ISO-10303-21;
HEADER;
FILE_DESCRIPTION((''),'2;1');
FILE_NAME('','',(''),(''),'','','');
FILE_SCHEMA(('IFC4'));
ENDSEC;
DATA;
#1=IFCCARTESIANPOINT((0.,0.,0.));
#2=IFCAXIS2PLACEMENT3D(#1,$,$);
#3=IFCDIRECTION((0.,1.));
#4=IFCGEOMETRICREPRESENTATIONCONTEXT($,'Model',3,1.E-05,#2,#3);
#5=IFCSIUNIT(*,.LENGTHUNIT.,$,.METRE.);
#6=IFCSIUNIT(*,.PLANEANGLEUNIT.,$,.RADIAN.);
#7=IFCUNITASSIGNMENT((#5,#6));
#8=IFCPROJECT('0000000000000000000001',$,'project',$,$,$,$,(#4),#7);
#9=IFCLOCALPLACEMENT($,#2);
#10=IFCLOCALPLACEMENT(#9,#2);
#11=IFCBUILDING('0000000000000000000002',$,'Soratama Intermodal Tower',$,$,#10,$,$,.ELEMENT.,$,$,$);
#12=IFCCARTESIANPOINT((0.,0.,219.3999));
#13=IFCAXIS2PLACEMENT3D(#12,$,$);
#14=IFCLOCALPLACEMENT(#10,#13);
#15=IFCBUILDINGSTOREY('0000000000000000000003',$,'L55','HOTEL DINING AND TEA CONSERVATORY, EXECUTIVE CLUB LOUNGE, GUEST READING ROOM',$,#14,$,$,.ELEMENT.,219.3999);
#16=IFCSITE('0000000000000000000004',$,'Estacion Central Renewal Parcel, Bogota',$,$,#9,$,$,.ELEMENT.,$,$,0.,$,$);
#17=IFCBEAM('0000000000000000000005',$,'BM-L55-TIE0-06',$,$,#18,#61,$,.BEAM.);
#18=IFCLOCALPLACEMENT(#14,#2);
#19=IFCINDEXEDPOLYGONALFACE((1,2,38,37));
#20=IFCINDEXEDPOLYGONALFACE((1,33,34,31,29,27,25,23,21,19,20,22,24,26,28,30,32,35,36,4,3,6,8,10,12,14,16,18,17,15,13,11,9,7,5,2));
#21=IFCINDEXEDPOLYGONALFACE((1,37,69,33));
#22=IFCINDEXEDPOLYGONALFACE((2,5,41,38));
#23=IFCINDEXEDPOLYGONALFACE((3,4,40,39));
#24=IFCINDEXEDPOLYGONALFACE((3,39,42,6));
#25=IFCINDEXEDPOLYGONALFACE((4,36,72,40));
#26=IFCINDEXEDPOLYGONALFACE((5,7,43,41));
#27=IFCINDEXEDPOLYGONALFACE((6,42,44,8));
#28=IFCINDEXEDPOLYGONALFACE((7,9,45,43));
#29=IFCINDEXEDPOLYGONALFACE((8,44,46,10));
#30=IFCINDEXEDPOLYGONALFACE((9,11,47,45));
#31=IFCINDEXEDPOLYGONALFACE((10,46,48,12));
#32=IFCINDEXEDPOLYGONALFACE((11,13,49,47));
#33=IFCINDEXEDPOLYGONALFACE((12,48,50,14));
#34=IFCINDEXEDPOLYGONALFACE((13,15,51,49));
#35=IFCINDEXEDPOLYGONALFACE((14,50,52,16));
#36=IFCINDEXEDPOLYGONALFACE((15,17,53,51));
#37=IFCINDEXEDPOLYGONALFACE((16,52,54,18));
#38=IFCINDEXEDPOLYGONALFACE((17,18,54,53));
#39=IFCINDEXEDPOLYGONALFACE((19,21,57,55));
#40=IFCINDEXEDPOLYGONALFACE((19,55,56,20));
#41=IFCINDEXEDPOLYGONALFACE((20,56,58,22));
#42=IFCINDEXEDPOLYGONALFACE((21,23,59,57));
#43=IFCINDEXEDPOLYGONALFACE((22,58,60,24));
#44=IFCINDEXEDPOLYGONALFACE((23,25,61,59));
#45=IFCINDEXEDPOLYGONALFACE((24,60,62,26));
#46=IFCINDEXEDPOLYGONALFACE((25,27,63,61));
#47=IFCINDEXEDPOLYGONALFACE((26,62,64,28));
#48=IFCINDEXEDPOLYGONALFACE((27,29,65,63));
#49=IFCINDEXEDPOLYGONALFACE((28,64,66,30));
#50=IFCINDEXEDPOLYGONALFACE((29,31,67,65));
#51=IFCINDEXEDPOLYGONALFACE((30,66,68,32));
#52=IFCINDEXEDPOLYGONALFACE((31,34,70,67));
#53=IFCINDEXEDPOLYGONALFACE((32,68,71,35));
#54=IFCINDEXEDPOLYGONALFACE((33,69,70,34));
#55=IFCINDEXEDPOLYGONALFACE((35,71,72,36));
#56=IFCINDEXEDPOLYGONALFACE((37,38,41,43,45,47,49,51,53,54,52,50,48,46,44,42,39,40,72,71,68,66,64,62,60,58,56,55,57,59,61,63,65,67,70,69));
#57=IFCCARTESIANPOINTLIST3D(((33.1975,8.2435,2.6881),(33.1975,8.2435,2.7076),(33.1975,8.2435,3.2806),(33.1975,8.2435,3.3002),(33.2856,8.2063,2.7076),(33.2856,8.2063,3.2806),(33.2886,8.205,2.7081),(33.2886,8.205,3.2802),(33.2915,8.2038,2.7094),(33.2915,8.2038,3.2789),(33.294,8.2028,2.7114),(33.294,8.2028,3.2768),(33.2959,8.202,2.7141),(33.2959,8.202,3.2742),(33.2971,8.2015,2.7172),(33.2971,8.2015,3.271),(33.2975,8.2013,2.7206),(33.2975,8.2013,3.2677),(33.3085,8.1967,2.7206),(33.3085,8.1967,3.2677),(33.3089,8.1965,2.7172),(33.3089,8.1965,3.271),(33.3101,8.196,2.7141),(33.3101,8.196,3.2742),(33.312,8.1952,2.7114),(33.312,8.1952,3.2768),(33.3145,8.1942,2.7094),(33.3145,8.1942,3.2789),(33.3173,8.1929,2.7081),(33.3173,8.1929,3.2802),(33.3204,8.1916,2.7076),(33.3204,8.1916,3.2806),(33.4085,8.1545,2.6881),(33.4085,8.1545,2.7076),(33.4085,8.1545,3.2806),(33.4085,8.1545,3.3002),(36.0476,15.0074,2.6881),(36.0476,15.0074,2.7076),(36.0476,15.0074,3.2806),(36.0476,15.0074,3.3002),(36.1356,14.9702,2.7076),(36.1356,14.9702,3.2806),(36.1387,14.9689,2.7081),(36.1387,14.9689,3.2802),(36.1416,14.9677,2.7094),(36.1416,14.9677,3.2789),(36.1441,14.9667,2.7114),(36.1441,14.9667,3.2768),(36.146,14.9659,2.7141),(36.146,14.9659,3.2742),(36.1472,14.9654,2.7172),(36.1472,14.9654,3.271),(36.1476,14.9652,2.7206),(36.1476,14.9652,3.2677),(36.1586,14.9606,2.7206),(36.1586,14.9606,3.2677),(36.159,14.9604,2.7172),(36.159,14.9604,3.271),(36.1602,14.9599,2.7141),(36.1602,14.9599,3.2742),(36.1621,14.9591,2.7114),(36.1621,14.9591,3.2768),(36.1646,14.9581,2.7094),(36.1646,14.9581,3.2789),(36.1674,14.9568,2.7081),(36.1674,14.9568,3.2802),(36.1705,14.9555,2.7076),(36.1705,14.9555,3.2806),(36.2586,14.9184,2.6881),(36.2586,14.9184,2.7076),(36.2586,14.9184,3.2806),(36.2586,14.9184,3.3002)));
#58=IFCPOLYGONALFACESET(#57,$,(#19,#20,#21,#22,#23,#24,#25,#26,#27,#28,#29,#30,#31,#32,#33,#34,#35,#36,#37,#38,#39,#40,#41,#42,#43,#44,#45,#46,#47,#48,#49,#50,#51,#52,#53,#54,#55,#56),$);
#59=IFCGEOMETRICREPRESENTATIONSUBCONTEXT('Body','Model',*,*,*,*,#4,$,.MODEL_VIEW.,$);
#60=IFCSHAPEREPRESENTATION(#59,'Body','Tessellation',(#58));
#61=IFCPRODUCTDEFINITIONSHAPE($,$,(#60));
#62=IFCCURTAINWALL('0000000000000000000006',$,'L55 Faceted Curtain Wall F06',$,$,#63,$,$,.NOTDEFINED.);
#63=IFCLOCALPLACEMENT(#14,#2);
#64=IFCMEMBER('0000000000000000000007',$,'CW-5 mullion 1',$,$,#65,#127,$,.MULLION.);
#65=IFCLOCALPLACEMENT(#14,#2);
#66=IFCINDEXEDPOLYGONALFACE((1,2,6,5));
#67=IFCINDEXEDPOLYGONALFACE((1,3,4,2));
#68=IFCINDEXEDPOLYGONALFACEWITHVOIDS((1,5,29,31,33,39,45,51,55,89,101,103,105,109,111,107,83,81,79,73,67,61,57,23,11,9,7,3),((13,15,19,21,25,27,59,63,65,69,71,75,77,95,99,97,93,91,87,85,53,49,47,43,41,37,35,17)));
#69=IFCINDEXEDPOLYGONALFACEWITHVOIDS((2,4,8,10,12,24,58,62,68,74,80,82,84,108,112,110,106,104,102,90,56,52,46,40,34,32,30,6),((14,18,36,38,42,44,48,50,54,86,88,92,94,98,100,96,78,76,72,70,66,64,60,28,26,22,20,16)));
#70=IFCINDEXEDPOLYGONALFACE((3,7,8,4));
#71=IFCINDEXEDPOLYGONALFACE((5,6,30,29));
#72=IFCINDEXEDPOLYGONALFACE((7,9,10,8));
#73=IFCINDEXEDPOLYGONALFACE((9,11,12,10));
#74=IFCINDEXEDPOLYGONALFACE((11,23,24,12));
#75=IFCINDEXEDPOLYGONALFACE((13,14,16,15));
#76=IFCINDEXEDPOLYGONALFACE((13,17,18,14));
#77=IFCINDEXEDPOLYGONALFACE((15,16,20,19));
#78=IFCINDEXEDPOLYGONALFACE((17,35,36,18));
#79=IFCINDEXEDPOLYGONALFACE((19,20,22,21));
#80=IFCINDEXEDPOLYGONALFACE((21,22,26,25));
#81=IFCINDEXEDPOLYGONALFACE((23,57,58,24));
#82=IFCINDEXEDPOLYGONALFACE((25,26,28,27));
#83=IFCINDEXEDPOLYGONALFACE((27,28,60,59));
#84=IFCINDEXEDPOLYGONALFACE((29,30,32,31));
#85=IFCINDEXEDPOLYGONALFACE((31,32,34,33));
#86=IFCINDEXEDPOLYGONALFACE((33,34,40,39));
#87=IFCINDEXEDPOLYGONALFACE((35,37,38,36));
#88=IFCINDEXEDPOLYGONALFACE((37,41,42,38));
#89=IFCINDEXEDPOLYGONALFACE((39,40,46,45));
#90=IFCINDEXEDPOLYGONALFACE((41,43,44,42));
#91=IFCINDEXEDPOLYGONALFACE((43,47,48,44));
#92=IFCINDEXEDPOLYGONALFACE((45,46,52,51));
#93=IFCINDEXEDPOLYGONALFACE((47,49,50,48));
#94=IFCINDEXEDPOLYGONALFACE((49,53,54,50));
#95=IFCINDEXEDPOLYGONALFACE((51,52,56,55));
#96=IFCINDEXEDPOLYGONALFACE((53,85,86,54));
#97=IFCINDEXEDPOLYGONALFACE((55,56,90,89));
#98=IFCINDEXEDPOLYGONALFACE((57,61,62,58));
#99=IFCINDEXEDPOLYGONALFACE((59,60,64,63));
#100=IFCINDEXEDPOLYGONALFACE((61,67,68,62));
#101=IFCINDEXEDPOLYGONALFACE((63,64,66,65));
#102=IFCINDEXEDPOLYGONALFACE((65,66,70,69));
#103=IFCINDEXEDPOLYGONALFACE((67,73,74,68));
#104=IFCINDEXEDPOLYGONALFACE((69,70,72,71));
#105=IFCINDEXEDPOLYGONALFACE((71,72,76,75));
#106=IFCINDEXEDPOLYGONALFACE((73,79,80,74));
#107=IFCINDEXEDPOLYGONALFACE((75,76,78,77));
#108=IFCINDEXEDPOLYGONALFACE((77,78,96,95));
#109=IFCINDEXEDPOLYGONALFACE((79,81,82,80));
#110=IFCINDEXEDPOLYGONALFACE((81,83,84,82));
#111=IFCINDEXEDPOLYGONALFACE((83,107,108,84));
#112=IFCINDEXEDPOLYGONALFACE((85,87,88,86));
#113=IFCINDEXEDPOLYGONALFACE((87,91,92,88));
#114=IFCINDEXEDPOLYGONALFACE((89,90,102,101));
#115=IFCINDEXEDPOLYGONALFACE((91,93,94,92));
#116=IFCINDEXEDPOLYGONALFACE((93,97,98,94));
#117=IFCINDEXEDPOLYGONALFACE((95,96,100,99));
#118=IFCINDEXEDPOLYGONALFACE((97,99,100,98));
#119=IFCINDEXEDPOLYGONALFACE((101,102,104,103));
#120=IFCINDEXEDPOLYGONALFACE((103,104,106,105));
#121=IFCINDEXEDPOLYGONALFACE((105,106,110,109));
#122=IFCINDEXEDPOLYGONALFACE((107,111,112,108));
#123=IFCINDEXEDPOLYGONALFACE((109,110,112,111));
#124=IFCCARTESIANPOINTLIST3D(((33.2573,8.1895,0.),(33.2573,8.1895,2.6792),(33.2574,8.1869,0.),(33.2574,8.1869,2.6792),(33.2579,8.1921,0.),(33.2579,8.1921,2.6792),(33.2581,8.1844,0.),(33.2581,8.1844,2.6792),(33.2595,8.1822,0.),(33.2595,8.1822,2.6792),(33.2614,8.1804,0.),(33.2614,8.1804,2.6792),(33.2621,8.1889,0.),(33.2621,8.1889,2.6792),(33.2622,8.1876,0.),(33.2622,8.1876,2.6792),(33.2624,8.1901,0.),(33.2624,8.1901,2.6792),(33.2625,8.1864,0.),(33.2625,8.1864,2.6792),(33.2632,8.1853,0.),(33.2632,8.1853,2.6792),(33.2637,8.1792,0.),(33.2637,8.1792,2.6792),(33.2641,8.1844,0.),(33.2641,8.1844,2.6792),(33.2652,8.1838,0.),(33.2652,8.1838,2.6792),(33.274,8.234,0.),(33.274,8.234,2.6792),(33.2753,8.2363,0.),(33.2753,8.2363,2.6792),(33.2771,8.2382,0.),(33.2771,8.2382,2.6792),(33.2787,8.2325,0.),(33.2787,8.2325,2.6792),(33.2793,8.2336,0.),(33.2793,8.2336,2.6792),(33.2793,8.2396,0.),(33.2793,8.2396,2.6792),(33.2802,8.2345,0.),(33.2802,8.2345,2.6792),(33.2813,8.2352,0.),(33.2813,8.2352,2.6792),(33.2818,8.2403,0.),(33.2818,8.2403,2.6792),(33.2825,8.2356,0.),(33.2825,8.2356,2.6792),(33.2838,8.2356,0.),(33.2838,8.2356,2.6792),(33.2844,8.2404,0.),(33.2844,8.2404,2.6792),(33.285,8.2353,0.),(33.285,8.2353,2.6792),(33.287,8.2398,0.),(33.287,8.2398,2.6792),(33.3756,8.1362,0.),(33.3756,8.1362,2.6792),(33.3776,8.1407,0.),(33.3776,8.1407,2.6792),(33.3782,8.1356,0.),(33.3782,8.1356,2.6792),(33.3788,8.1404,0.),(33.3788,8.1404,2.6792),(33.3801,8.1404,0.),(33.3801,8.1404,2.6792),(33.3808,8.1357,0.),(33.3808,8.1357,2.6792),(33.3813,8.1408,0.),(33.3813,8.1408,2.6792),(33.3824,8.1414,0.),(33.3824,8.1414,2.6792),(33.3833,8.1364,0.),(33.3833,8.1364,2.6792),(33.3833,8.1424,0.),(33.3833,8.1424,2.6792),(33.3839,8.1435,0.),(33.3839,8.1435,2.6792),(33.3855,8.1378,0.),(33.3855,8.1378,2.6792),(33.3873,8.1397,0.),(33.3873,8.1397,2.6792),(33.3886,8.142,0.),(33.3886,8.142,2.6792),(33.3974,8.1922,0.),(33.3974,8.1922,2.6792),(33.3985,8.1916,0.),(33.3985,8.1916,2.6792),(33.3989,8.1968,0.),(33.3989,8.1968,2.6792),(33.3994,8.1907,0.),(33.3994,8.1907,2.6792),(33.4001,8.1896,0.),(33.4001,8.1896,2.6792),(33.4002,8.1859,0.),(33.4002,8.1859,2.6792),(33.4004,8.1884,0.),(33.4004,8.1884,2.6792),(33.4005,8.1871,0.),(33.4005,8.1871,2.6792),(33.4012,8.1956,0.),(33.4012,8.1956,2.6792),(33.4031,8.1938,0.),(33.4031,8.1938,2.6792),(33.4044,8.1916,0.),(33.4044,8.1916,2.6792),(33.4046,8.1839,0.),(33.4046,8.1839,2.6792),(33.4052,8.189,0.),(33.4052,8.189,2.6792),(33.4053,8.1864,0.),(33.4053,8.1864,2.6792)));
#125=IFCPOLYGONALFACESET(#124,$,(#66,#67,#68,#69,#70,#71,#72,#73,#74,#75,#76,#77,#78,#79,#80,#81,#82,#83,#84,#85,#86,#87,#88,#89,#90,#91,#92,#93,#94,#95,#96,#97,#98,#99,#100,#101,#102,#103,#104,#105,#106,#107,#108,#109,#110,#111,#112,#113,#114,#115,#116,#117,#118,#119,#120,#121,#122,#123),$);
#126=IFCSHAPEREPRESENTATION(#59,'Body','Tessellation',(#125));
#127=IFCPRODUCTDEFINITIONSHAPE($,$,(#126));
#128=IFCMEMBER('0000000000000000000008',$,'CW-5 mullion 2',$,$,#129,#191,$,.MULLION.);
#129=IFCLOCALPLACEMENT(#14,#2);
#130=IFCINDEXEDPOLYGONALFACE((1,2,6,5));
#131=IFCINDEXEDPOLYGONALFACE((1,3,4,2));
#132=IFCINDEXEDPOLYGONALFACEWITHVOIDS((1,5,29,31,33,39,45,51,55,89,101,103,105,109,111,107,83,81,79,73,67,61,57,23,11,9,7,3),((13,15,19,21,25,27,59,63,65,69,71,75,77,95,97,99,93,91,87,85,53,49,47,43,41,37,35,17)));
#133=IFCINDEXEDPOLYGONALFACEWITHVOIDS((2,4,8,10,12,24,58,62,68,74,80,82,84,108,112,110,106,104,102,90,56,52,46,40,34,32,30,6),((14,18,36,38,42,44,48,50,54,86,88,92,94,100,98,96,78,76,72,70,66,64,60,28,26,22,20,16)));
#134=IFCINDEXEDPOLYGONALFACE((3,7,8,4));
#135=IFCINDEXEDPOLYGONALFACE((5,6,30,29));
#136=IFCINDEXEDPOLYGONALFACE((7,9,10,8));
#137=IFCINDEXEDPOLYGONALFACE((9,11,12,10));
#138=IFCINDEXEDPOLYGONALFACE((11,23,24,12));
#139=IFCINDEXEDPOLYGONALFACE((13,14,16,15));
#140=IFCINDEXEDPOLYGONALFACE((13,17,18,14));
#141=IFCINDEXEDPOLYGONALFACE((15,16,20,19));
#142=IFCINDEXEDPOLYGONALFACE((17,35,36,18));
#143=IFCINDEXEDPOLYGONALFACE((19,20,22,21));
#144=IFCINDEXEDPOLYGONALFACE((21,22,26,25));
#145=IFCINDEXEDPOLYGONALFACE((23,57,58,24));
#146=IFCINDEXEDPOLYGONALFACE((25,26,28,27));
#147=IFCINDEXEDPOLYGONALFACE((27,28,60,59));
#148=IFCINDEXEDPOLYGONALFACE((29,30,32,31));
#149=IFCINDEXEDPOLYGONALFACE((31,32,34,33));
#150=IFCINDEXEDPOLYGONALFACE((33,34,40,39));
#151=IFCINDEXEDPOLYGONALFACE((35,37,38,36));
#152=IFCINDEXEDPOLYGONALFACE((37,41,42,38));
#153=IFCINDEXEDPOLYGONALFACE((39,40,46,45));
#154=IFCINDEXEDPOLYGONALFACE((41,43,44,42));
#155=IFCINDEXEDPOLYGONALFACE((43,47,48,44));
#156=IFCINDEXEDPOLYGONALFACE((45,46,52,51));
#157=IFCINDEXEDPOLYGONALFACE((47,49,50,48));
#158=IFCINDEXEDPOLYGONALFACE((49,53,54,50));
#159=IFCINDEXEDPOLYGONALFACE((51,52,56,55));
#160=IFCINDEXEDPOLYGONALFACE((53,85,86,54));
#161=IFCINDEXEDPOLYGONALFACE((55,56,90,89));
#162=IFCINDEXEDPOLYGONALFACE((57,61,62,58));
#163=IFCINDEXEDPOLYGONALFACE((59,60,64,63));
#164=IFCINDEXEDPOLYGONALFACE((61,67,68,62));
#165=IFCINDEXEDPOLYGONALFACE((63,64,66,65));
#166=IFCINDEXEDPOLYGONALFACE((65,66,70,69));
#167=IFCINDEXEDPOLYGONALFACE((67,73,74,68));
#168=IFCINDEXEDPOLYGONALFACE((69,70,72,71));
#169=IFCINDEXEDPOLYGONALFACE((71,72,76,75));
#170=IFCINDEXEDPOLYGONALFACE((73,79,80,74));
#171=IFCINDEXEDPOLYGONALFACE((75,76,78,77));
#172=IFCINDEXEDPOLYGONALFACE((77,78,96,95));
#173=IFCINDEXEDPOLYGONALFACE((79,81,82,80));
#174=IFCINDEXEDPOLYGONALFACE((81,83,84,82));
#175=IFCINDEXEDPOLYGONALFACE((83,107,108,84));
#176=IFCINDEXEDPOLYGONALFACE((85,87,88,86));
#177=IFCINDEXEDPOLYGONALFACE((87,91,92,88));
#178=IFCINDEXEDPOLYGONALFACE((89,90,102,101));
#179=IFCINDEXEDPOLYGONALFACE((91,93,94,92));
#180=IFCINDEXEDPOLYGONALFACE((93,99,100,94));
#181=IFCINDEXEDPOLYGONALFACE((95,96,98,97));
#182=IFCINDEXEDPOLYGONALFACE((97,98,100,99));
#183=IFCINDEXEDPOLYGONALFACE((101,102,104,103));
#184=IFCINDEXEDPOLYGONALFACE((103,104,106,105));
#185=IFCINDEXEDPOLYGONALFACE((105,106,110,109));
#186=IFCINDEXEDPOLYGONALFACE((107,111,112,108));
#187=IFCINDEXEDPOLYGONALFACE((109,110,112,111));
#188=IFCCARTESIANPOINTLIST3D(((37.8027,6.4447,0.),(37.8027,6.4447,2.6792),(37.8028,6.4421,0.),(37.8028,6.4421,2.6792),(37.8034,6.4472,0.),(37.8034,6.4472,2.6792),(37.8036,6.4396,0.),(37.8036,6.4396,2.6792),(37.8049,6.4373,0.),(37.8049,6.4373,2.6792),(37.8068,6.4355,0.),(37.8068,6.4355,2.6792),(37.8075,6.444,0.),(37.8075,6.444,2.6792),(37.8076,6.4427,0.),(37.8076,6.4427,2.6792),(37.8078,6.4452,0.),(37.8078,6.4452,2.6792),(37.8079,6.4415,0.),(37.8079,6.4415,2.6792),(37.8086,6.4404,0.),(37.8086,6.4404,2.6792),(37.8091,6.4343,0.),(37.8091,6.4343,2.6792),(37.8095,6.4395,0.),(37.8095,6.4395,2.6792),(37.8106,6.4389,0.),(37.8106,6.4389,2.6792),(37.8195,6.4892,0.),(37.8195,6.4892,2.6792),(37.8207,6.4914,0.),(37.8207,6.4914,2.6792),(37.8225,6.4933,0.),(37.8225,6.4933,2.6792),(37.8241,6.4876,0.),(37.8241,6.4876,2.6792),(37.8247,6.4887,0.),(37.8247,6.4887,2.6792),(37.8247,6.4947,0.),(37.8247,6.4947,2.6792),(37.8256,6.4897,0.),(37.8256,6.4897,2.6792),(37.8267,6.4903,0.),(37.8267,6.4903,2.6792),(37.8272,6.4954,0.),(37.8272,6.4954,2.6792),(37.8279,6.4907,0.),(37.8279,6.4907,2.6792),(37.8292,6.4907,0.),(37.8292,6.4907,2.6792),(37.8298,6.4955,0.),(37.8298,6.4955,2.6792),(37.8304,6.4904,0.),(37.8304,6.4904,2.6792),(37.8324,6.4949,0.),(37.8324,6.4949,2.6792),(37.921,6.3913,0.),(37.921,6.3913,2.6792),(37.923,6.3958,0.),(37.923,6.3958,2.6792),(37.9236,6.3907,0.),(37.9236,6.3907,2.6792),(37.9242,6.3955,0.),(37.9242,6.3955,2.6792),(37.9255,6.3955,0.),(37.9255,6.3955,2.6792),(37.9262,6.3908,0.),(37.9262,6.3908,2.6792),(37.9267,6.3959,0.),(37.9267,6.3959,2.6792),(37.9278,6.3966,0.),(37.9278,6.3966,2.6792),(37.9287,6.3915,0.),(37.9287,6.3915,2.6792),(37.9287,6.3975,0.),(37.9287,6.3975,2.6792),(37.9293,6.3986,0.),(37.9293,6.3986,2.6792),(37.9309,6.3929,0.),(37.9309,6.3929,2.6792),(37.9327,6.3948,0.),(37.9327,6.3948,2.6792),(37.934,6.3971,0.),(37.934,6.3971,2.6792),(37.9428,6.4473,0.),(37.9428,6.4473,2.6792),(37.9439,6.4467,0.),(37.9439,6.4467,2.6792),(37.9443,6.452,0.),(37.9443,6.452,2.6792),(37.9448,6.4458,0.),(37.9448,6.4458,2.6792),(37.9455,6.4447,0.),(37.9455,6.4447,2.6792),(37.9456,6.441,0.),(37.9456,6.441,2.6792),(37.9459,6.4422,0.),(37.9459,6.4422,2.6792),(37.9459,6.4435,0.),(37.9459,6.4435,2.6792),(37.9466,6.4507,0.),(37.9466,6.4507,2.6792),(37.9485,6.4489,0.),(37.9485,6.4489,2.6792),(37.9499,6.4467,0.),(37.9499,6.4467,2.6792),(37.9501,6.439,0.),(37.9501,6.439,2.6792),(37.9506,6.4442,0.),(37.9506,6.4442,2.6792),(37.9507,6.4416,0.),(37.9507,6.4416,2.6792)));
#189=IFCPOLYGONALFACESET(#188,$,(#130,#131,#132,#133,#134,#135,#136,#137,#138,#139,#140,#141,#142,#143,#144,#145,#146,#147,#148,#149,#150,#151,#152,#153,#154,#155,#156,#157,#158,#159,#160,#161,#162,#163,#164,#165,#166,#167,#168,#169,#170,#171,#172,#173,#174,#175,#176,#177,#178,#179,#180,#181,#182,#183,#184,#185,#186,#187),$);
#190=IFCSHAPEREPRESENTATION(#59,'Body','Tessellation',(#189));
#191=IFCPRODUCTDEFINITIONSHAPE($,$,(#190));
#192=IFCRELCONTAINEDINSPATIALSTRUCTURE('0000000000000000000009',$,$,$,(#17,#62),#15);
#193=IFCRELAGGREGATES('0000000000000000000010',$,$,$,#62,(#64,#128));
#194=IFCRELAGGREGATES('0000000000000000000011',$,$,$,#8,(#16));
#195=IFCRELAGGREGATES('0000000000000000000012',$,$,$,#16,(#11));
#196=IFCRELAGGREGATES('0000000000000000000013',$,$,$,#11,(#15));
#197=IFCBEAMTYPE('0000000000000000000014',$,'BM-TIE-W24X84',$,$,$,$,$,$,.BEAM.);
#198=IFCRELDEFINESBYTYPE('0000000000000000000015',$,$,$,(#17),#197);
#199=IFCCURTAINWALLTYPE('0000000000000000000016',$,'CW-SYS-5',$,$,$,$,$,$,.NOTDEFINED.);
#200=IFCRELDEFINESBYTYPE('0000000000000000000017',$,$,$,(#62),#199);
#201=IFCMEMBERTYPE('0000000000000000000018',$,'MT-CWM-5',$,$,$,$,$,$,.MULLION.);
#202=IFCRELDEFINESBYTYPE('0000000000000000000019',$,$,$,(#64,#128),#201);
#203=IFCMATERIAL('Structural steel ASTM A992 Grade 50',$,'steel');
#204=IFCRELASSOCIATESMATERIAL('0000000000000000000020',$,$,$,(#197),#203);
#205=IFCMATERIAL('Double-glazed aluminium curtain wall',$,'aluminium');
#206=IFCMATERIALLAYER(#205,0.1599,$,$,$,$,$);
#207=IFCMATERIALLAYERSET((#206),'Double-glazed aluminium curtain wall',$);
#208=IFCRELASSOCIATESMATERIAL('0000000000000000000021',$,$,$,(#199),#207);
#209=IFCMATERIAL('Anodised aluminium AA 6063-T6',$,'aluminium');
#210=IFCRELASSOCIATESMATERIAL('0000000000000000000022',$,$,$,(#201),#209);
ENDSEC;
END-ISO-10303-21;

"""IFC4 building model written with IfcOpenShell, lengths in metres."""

from ifc_helpers import new_model, si_unit, direction, frame, origin, origin_2d, place, context, subcontext, project, spatial, hollow_rectangle, i_section, extrude, material, layer, layer_set, material_profile, profile_set, type_object, element, aggregate, save


model = new_model("IFC4")

# Units and contexts
model_context = context("Model", 3, precision=1e-05, world=origin(), true_north=direction((0.0, 1.0)))
body_context = subcontext(model_context, "Body", "Model", "MODEL_VIEW")
ifc_project = project(units=[si_unit("LENGTHUNIT", "METRE"), si_unit("PLANEANGLEUNIT", "RADIAN")], contexts=[model_context])

# Site, building, storey
site_placement = place(None, origin())
site = spatial("IfcSite", under=ifc_project, at=site_placement, Name="Estacion Central Renewal Parcel, Bogota", CompositionType="ELEMENT", RefElevation=0.0)
building_placement = place(site_placement, origin())
building = spatial("IfcBuilding", under=site, at=building_placement, Name="Soratama Intermodal Tower", CompositionType="ELEMENT")
storey_placement = place(building_placement, frame((0.0, 0.0, 219.3999)))
storey = spatial("IfcBuildingStorey", under=building, at=storey_placement, Name="L55", Description="HOTEL DINING AND TEA CONSERVATORY, EXECUTIVE CLUB LOUNGE, GUEST READING ROOM", CompositionType="ELEMENT", Elevation=219.3999)

# Beam
ifc_material_1 = material(Name="Structural steel ASTM A992 Grade 50", Category="steel")
ifc_material_profile_1 = material_profile(ifc_material_1, i_section(OverallWidth=0.229, OverallDepth=0.6121, WebThickness=0.012, FlangeThickness=0.0195, FilletRadius=0.0129, at=origin_2d()), Name="W24X84")
ifc_profile_set_1 = profile_set([ifc_material_profile_1], Name="Structural steel ASTM A992 Grade 50")
beam_type_1 = type_object("IfcBeamType", Name="BM-TIE-W24X84", PredefinedType="BEAM", material=ifc_profile_set_1)
beam_1_placement = place(storey_placement, frame((36.1531, 14.9629, 2.9941), z_axis=(-0.388304, -0.921531, 0.0), x_axis=(0.921531, -0.388304, 0.0)))
element("IfcBeam", 1, at=beam_1_placement, inside=storey, type_object=beam_type_1, Name="BM-L55-TIE0-06", PredefinedType="BEAM", context=body_context, shape_type="SweptSolid", body=[
    extrude(i_section(OverallWidth=0.229, OverallDepth=0.6121, WebThickness=0.012, FlangeThickness=0.0195, FilletRadius=0.0129, at=origin_2d()), origin(), (0.0, 0.0, 1.0), 7.3398),
])

# Curtain wall, members
ifc_material_2 = material(Name="Double-glazed aluminium curtain wall", Category="aluminium")
ifc_layer_1 = layer(ifc_material_2, 0.1599)
ifc_layer_set_1 = layer_set([ifc_layer_1], Name="Double-glazed aluminium curtain wall")
curtain_wall_type = type_object("IfcCurtainWallType", Name="CW-SYS-5", PredefinedType="NOTDEFINED", material=ifc_layer_set_1)
curtain_wall_placement = place(storey_placement, origin())
curtain_wall = element("IfcCurtainWall", 2, at=curtain_wall_placement, inside=storey, type_object=curtain_wall_type, Name="L55 Faceted Curtain Wall F06", PredefinedType="NOTDEFINED")
ifc_material_3 = material(Name="Anodised aluminium AA 6063-T6", Category="aluminium")
ifc_material_profile_2 = material_profile(ifc_material_3, hollow_rectangle(XDim=0.0649, YDim=0.1399, WallThickness=0.0049, InnerFilletRadius=0.0049, OuterFilletRadius=0.01, at=origin_2d()), Name="CWM140X65X5")
ifc_profile_set_2 = profile_set([ifc_material_profile_2], Name="Anodised aluminium AA 6063-T6")
member_type_1 = type_object("IfcMemberType", Name="MT-CWM-5", PredefinedType="MULLION", material=ifc_profile_set_2)
member_1_placement = place(storey_placement, frame((33.3313, 8.188, 0.0), z_axis=(0.0, 0.0, 1.0), x_axis=(0.358359, 0.933584, 0.0)))
member_1 = element("IfcMember", 3, at=member_1_placement, type_object=member_type_1, Name="CW-5 mullion 1", PredefinedType="MULLION", context=body_context, shape_type="SweptSolid", body=[
    extrude(hollow_rectangle(XDim=0.0649, YDim=0.1399, WallThickness=0.0049, InnerFilletRadius=0.0049, OuterFilletRadius=0.01, at=origin_2d()), origin(), (0.0, 0.0, 1.0), 2.6792),
])
member_2_placement = place(storey_placement, frame((37.8767, 6.4431, 0.0), z_axis=(0.0, 0.0, 1.0), x_axis=(0.358359, 0.933584, 0.0)))
member_2 = element("IfcMember", 4, at=member_2_placement, type_object=member_type_1, Name="CW-5 mullion 2", PredefinedType="MULLION", context=body_context, shape_type="SweptSolid", body=[
    extrude(hollow_rectangle(XDim=0.0649, YDim=0.1399, WallThickness=0.0049, InnerFilletRadius=0.0049, OuterFilletRadius=0.01, at=origin_2d()), origin(), (0.0, 0.0, 1.0), 2.6792),
])
aggregate(curtain_wall, [member_1, member_2])

save(model, "model.ifc")
